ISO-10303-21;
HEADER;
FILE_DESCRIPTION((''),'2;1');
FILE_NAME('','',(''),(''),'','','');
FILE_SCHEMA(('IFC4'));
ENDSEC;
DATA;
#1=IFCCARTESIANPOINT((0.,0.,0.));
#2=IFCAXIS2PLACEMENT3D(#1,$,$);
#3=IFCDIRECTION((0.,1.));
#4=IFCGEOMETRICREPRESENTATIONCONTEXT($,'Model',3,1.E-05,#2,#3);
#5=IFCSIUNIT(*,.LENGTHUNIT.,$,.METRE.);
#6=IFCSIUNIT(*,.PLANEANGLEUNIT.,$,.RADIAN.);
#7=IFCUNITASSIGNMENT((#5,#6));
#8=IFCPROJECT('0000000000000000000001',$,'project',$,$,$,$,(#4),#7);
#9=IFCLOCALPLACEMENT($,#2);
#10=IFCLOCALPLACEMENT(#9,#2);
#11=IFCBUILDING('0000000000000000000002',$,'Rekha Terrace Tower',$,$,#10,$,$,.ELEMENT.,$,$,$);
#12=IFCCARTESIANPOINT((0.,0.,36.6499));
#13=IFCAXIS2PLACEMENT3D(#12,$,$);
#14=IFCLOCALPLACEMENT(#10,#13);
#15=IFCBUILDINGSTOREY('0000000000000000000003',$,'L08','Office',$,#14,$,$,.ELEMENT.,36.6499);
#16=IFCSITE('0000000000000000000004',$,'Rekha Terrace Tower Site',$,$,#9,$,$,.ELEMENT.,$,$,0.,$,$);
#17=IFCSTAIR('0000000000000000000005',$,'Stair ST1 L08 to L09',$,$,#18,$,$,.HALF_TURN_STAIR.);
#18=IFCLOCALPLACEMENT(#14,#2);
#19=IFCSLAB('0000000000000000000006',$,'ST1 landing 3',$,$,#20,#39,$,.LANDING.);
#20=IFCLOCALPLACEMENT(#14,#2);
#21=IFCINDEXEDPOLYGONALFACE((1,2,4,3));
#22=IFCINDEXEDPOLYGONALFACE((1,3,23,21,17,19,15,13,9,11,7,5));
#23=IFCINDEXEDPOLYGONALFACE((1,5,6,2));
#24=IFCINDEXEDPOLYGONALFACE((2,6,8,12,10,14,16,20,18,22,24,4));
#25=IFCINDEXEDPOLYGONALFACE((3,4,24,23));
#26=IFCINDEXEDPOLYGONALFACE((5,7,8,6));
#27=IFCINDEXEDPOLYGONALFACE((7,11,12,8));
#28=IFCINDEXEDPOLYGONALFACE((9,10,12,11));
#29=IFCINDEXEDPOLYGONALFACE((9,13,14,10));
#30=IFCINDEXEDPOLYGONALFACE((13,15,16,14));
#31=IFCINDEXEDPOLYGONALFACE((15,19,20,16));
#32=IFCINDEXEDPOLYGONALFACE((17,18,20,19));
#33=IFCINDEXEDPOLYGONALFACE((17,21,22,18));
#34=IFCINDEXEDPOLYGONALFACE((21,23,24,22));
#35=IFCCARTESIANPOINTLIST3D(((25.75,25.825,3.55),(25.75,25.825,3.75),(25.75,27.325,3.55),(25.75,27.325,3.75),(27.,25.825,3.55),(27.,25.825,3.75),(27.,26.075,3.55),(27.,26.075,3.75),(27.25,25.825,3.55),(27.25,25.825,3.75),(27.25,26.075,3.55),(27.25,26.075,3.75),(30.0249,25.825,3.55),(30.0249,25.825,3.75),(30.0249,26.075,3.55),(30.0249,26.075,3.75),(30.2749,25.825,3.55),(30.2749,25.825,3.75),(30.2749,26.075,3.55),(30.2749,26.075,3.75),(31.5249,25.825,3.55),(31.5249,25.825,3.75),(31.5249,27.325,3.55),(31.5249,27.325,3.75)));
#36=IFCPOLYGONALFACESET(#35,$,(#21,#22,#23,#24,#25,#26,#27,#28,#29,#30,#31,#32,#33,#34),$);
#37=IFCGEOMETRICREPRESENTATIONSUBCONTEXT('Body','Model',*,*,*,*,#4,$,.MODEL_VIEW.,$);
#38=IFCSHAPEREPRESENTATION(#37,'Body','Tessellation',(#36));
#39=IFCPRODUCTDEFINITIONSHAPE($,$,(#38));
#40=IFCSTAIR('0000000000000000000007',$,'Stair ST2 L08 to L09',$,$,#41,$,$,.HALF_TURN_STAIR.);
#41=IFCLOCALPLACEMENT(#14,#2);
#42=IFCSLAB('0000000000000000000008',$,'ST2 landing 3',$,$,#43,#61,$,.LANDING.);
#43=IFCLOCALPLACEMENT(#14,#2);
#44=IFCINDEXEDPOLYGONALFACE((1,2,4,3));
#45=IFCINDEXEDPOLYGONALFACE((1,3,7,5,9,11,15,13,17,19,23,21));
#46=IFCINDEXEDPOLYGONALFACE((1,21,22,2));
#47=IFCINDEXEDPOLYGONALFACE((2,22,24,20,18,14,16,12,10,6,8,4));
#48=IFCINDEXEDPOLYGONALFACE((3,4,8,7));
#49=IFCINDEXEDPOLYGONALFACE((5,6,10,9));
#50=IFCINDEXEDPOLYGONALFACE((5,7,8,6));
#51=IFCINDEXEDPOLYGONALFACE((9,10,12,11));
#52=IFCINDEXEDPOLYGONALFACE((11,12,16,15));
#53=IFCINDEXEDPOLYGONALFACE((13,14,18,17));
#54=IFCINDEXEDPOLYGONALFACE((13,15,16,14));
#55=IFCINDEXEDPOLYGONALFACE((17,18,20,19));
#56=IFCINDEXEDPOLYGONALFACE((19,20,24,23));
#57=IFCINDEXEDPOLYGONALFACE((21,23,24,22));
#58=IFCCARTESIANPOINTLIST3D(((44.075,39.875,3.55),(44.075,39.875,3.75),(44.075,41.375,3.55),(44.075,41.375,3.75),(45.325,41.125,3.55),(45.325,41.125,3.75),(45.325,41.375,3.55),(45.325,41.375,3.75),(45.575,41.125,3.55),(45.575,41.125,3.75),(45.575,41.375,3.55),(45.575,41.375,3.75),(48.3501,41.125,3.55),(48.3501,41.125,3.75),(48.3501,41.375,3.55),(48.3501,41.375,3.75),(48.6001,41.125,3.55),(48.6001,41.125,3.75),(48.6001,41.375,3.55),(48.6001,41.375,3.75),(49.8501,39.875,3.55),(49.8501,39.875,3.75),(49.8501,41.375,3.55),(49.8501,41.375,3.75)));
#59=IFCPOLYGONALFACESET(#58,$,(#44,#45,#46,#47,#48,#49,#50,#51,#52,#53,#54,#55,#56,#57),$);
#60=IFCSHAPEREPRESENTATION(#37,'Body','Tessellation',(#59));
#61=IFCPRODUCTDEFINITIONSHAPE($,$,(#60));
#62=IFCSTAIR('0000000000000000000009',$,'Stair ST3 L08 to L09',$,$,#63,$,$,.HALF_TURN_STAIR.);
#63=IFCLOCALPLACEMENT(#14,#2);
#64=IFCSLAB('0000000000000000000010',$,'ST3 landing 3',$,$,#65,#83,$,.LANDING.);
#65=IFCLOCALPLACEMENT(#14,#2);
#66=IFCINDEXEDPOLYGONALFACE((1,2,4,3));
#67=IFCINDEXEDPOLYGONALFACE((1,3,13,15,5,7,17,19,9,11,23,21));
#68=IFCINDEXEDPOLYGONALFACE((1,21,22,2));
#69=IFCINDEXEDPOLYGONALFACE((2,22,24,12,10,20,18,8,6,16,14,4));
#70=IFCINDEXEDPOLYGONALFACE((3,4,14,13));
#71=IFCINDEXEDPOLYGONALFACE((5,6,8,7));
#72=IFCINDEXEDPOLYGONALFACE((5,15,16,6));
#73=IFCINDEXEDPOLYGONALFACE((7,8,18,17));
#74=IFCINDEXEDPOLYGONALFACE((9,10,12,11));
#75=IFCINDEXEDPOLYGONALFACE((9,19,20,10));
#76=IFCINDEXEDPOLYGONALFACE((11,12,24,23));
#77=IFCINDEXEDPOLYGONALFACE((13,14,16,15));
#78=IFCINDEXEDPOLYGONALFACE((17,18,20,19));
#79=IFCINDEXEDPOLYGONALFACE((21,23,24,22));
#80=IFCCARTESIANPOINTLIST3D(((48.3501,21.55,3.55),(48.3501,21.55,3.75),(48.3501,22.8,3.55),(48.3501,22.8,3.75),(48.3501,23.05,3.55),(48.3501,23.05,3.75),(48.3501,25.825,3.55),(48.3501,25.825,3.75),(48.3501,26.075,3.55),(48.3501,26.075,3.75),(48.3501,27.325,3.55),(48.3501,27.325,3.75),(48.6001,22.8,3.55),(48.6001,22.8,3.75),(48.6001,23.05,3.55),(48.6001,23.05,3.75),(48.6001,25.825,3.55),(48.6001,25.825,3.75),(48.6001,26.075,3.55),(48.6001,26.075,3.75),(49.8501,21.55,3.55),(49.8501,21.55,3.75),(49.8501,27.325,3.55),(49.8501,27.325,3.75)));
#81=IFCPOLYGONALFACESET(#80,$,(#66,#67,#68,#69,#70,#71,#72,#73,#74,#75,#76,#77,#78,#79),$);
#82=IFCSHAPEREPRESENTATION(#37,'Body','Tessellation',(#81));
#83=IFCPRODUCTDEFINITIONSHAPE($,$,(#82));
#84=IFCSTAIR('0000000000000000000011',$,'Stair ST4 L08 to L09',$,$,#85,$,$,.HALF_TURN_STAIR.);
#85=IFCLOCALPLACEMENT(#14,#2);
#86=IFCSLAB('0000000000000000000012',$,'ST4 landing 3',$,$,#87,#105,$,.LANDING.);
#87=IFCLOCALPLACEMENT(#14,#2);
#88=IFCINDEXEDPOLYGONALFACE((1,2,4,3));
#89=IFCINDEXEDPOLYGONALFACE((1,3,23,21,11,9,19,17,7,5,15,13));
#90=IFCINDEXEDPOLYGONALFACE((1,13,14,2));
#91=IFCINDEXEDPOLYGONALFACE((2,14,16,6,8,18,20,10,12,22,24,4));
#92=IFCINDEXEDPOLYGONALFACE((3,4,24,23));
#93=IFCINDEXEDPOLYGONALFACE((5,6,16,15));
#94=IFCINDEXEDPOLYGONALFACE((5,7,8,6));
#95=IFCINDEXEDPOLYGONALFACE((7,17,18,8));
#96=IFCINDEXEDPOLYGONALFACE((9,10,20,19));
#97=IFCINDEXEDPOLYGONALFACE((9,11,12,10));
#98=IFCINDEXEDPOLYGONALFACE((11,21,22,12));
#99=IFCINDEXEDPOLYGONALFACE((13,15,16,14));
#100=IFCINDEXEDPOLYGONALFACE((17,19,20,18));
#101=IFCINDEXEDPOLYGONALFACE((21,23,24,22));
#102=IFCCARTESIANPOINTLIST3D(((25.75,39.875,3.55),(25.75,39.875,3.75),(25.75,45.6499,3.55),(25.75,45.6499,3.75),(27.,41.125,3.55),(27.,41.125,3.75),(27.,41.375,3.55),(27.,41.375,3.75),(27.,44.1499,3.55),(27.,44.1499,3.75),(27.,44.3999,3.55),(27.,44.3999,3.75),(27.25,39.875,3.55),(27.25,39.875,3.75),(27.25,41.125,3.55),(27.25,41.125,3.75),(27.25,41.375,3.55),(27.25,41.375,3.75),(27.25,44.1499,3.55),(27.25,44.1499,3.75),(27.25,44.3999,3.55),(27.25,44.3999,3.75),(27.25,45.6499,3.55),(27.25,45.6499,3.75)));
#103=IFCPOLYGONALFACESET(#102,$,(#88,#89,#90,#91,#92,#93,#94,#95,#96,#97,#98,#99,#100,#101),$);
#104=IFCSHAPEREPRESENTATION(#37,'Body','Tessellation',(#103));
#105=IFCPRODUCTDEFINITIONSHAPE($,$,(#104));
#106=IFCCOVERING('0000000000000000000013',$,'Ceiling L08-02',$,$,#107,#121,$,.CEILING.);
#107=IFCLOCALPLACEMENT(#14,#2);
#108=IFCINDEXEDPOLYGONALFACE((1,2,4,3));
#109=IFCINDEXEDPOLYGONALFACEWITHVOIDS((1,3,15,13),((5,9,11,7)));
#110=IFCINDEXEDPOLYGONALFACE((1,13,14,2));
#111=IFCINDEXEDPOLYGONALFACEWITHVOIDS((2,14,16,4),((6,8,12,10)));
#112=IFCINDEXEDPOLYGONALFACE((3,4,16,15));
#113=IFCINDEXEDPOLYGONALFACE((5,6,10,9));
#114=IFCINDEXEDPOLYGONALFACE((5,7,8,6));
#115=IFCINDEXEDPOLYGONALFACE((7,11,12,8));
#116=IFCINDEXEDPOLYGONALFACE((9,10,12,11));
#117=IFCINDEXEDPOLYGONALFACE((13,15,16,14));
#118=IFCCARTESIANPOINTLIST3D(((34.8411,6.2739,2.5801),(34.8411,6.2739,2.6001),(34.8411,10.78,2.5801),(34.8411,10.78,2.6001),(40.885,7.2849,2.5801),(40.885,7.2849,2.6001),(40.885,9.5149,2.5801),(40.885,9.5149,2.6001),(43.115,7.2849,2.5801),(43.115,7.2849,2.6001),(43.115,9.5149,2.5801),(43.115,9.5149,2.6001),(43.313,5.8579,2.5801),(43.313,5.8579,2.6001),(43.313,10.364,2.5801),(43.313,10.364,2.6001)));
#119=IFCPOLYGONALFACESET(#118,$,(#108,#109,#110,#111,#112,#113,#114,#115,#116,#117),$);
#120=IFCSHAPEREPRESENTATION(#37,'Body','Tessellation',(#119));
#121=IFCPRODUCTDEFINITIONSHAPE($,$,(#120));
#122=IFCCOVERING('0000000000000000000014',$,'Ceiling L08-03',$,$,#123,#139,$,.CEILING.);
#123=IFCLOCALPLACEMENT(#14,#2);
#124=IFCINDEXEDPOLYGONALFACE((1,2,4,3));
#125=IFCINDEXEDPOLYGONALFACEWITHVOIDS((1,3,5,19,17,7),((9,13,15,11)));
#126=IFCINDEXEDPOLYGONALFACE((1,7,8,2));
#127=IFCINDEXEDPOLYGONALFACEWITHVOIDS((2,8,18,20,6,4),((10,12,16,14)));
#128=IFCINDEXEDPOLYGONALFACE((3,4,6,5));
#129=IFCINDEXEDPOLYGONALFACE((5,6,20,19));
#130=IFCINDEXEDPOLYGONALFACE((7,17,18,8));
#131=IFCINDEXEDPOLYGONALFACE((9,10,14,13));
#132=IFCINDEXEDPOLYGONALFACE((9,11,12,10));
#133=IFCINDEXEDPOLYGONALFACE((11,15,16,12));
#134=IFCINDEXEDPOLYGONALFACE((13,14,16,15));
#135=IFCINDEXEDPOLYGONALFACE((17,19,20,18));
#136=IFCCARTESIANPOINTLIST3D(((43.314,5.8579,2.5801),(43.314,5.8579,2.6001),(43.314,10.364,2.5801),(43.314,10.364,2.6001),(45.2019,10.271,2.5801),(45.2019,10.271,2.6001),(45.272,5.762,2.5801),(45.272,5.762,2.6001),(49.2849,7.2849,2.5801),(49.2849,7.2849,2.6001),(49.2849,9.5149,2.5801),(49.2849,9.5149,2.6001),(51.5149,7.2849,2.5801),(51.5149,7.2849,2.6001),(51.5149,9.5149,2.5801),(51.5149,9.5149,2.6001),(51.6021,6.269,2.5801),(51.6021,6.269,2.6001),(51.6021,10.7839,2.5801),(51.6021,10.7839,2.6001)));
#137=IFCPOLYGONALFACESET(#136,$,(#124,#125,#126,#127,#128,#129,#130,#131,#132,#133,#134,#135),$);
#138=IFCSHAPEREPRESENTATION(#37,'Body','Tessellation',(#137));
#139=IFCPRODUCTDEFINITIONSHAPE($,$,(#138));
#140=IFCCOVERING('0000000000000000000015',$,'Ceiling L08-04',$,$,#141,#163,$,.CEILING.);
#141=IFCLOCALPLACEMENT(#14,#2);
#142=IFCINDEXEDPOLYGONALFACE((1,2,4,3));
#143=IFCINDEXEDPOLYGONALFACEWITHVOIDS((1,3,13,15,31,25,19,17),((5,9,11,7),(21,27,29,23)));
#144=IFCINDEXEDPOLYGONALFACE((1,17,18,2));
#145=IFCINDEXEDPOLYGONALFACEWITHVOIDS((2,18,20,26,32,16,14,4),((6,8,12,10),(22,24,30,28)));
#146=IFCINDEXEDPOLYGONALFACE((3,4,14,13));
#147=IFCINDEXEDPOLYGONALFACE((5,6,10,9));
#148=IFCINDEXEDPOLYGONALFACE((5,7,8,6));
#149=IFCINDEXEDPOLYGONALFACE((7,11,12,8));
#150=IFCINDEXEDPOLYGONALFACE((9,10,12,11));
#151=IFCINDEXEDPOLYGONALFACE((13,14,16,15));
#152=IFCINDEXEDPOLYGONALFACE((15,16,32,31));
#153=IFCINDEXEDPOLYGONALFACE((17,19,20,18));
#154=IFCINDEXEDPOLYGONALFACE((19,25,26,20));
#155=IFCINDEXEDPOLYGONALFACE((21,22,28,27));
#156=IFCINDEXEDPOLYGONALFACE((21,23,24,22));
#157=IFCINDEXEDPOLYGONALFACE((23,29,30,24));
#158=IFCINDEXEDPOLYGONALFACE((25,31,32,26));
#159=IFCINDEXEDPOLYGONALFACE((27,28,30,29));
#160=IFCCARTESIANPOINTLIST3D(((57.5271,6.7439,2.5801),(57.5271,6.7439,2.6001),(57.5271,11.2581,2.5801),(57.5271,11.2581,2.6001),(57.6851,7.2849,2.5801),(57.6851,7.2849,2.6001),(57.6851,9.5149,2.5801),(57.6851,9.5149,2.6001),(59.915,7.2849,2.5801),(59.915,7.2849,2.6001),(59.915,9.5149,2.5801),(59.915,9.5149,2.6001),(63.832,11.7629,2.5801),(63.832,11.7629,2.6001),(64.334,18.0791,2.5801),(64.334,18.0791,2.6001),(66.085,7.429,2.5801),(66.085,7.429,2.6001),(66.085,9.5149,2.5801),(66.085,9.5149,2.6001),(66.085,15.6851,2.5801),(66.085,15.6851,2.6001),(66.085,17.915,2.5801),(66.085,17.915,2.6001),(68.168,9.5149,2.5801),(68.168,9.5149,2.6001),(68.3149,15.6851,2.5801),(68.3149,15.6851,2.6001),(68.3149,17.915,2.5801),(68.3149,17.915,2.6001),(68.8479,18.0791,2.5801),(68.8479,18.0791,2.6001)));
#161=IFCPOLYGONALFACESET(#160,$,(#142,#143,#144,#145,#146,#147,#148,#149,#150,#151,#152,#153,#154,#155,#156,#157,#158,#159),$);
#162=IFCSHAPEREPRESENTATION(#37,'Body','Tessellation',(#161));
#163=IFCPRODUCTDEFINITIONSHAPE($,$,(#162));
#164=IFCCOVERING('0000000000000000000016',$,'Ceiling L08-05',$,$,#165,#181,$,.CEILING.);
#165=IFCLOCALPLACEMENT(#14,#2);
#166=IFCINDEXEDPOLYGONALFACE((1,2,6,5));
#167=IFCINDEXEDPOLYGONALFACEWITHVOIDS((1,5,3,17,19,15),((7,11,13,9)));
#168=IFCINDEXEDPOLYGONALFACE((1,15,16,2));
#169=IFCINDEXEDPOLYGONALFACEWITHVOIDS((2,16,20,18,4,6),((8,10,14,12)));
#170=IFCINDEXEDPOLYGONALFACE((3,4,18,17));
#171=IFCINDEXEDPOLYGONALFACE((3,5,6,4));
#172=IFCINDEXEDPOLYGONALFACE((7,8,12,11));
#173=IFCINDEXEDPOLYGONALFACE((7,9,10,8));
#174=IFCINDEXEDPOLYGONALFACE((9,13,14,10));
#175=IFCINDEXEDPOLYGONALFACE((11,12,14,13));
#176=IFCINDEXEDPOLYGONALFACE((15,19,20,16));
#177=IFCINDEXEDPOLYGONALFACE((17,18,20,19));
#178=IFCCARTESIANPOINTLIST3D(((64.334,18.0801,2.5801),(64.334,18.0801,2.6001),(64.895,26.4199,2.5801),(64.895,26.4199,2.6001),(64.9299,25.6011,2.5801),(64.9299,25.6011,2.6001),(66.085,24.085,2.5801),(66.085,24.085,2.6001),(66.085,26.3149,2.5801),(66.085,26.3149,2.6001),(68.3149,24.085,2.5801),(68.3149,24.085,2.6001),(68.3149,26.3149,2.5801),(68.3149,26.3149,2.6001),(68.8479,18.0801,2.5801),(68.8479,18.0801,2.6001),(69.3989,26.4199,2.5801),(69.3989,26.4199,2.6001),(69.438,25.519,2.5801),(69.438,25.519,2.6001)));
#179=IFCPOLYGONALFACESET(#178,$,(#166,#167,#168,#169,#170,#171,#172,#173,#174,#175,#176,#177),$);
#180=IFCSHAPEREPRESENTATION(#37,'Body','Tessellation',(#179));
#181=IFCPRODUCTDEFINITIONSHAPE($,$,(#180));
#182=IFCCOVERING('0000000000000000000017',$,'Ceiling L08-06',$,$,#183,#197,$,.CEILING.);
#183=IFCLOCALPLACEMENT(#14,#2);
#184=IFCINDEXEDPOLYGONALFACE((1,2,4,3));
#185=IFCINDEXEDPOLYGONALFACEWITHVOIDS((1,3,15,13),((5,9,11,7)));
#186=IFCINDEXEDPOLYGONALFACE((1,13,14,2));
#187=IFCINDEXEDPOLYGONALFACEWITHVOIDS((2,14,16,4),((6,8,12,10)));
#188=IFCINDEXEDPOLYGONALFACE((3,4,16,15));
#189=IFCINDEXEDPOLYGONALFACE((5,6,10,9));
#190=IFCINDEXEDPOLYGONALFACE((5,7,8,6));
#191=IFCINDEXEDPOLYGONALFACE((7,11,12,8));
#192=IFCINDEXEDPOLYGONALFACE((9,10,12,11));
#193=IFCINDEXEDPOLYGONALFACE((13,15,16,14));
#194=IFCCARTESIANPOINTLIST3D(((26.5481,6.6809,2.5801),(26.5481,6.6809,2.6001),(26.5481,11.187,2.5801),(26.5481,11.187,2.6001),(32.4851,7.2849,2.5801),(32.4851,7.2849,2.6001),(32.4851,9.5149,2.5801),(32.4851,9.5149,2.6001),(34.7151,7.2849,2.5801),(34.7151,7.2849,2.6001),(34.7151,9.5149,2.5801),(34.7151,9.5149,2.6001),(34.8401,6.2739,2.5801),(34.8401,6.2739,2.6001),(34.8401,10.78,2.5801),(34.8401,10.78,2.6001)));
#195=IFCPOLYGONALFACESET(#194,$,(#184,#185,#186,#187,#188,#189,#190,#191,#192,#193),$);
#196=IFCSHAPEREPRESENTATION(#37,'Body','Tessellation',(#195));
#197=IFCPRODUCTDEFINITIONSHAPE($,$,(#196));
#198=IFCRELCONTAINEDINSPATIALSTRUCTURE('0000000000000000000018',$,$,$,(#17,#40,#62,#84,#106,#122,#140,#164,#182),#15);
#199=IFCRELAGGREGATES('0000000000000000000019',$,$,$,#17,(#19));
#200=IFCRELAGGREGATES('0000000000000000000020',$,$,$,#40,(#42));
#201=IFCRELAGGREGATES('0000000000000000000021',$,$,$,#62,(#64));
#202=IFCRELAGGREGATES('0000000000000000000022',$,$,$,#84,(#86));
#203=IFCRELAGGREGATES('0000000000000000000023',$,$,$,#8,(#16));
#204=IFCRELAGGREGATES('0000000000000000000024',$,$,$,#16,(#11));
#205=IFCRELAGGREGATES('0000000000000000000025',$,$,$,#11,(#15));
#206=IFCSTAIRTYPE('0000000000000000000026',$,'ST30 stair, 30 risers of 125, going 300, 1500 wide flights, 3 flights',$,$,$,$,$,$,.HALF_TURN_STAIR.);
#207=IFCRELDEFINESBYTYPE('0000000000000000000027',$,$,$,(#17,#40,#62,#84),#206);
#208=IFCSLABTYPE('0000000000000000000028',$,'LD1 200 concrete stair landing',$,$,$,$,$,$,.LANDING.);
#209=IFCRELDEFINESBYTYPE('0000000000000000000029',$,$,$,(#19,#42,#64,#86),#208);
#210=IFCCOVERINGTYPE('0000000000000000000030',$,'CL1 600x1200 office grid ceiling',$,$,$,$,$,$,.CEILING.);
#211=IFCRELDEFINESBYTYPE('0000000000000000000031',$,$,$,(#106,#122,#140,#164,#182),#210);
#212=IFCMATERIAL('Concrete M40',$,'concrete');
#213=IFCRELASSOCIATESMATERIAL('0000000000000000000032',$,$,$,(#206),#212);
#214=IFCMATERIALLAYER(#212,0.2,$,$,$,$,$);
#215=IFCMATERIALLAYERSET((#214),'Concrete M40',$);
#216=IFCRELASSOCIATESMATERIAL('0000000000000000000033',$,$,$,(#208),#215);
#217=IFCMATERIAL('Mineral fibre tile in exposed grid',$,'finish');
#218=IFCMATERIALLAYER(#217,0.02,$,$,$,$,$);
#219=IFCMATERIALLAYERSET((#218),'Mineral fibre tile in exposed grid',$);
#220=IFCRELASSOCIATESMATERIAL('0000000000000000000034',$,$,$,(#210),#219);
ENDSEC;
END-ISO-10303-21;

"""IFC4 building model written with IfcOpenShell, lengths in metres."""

from ifc_helpers import new_model, si_unit, direction, frame, origin, place, context, subcontext, project, spatial, polyline, outline, extrude, material, layer, layer_set, type_object, element, aggregate, save


model = new_model("IFC4")

# Units and contexts
model_context = context("Model", 3, precision=1e-05, world=origin(), true_north=direction((0.0, 1.0)))
body_context = subcontext(model_context, "Body", "Model", "MODEL_VIEW")
ifc_project = project(units=[si_unit("LENGTHUNIT", "METRE"), si_unit("PLANEANGLEUNIT", "RADIAN")], contexts=[model_context])

# Site, building, storey
site_placement = place(None, origin())
site = spatial("IfcSite", under=ifc_project, at=site_placement, Name="Rekha Terrace Tower Site", CompositionType="ELEMENT", RefElevation=0.0)
building_placement = place(site_placement, origin())
building = spatial("IfcBuilding", under=site, at=building_placement, Name="Rekha Terrace Tower", CompositionType="ELEMENT")
storey_placement = place(building_placement, frame((0.0, 0.0, 36.6499)))
storey = spatial("IfcBuildingStorey", under=building, at=storey_placement, Name="L08", Description="Office", CompositionType="ELEMENT", Elevation=36.6499)

# Stairs, slabs
ifc_material_1 = material(Name="Concrete M40", Category="concrete")
stair_type = type_object("IfcStairType", Name="ST30 stair, 30 risers of 125, going 300, 1500 wide flights, 3 flights", PredefinedType="HALF_TURN_STAIR", material=ifc_material_1)
stair_1_placement = place(storey_placement, origin())
stair_1 = element("IfcStair", 1, at=stair_1_placement, inside=storey, type_object=stair_type, Name="Stair ST1 L08 to L09", PredefinedType="HALF_TURN_STAIR")
ifc_layer_1 = layer(ifc_material_1, 0.2)
ifc_layer_set_1 = layer_set([ifc_layer_1], Name="Concrete M40")
slab_type = type_object("IfcSlabType", Name="LD1 200 concrete stair landing", PredefinedType="LANDING", material=ifc_layer_set_1)
slab_1_placement = place(storey_placement, frame((0.0, 0.0, 3.55)))
slab_1 = element("IfcSlab", 2, at=slab_1_placement, type_object=slab_type, Name="ST1 landing 3", PredefinedType="LANDING", context=body_context, shape_type="SweptSolid", body=[
    extrude(outline(polyline([(31.5249, 25.825), (31.5249, 27.325), (25.75, 27.325), (25.75, 25.825), (27.0, 25.825), (27.0, 26.075), (27.25, 26.075), (27.25, 25.825), (30.0249, 25.825), (30.0249, 26.075), (30.2749, 26.075), (30.2749, 25.825), (31.5249, 25.825)])), origin(), (0.0, 0.0, 1.0), 0.2),
])
aggregate(stair_1, [slab_1])
stair_2_placement = place(storey_placement, origin())
stair_2 = element("IfcStair", 3, at=stair_2_placement, inside=storey, type_object=stair_type, Name="Stair ST2 L08 to L09", PredefinedType="HALF_TURN_STAIR")
slab_2_placement = place(storey_placement, frame((0.0, 0.0, 3.55)))
slab_2 = element("IfcSlab", 4, at=slab_2_placement, type_object=slab_type, Name="ST2 landing 3", PredefinedType="LANDING", context=body_context, shape_type="SweptSolid", body=[
    extrude(outline(polyline([(44.075, 41.375), (44.075, 39.875), (49.8501, 39.875), (49.8501, 41.375), (48.6001, 41.375), (48.6001, 41.125), (48.3501, 41.125), (48.3501, 41.375), (45.575, 41.375), (45.575, 41.125), (45.325, 41.125), (45.325, 41.375), (44.075, 41.375)])), origin(), (0.0, 0.0, 1.0), 0.2),
])
aggregate(stair_2, [slab_2])
stair_3_placement = place(storey_placement, origin())
stair_3 = element("IfcStair", 5, at=stair_3_placement, inside=storey, type_object=stair_type, Name="Stair ST3 L08 to L09", PredefinedType="HALF_TURN_STAIR")
slab_3_placement = place(storey_placement, frame((0.0, 0.0, 3.55)))
slab_3 = element("IfcSlab", 6, at=slab_3_placement, type_object=slab_type, Name="ST3 landing 3", PredefinedType="LANDING", context=body_context, shape_type="SweptSolid", body=[
    extrude(outline(polyline([(48.3501, 21.55), (49.8501, 21.55), (49.8501, 27.325), (48.3501, 27.325), (48.3501, 26.075), (48.6001, 26.075), (48.6001, 25.825), (48.3501, 25.825), (48.3501, 23.05), (48.6001, 23.05), (48.6001, 22.8), (48.3501, 22.8), (48.3501, 21.55)])), origin(), (0.0, 0.0, 1.0), 0.2),
])
aggregate(stair_3, [slab_3])
stair_4_placement = place(storey_placement, origin())
stair_4 = element("IfcStair", 7, at=stair_4_placement, inside=storey, type_object=stair_type, Name="Stair ST4 L08 to L09", PredefinedType="HALF_TURN_STAIR")
slab_4_placement = place(storey_placement, frame((0.0, 0.0, 3.55)))
slab_4 = element("IfcSlab", 8, at=slab_4_placement, type_object=slab_type, Name="ST4 landing 3", PredefinedType="LANDING", context=body_context, shape_type="SweptSolid", body=[
    extrude(outline(polyline([(27.25, 39.875), (25.75, 39.875), (25.75, 45.6499), (27.25, 45.6499), (27.25, 44.3999), (27.0, 44.3999), (27.0, 44.1499), (27.25, 44.1499), (27.25, 41.375), (27.0, 41.375), (27.0, 41.125), (27.25, 41.125), (27.25, 39.875)])), origin(), (0.0, 0.0, 1.0), 0.2),
])
aggregate(stair_4, [slab_4])

# Coverings
ifc_material_2 = material(Name="Mineral fibre tile in exposed grid", Category="finish")
ifc_layer_2 = layer(ifc_material_2, 0.02)
ifc_layer_set_2 = layer_set([ifc_layer_2], Name="Mineral fibre tile in exposed grid")
covering_type_1 = type_object("IfcCoveringType", Name="CL1 600x1200 office grid ceiling", PredefinedType="CEILING", material=ifc_layer_set_2)
covering_1_placement = place(storey_placement, frame((0.0, 0.0, 2.5801)))
element("IfcCovering", 9, at=covering_1_placement, inside=storey, type_object=covering_type_1, Name="Ceiling L08-02", PredefinedType="CEILING", context=body_context, shape_type="SweptSolid", body=[
    extrude(outline(polyline([(43.313, 5.8579), (43.313, 10.364), (34.8411, 10.78), (34.8411, 6.2739), (43.313, 5.8579)]), holes=[polyline([(43.115, 7.2849), (40.885, 7.2849), (40.885, 9.5149), (43.115, 9.5149), (43.115, 7.2849)])]), origin(), (0.0, 0.0, 1.0), 0.02),
])
covering_2_placement = place(storey_placement, frame((0.0, 0.0, 2.5801)))
element("IfcCovering", 10, at=covering_2_placement, inside=storey, type_object=covering_type_1, Name="Ceiling L08-03", PredefinedType="CEILING", context=body_context, shape_type="SweptSolid", body=[
    extrude(outline(polyline([(45.2019, 10.271), (43.314, 10.364), (43.314, 5.8579), (45.272, 5.762), (51.6021, 6.269), (51.6021, 10.7839), (45.2019, 10.271)]), holes=[polyline([(51.5149, 7.2849), (49.2849, 7.2849), (49.2849, 9.5149), (51.5149, 9.5149), (51.5149, 7.2849)])]), origin(), (0.0, 0.0, 1.0), 0.02),
])
covering_3_placement = place(storey_placement, frame((0.0, 0.0, 2.5801)))
element("IfcCovering", 11, at=covering_3_placement, inside=storey, type_object=covering_type_1, Name="Ceiling L08-04", PredefinedType="CEILING", context=body_context, shape_type="SweptSolid", body=[
    extrude(outline(polyline([(63.832, 11.7629), (57.5271, 11.2581), (57.5271, 6.7439), (66.085, 7.429), (66.085, 9.5149), (68.168, 9.5149), (68.8479, 18.0791), (64.334, 18.0791), (63.832, 11.7629)]), holes=[polyline([(68.3149, 15.6851), (66.085, 15.6851), (66.085, 17.915), (68.3149, 17.915), (68.3149, 15.6851)]), polyline([(59.915, 7.2849), (57.6851, 7.2849), (57.6851, 9.5149), (59.915, 9.5149), (59.915, 7.2849)])]), origin(), (0.0, 0.0, 1.0), 0.02),
])
covering_4_placement = place(storey_placement, frame((0.0, 0.0, 2.5801)))
element("IfcCovering", 12, at=covering_4_placement, inside=storey, type_object=covering_type_1, Name="Ceiling L08-05", PredefinedType="CEILING", context=body_context, shape_type="SweptSolid", body=[
    extrude(outline(polyline([(64.9299, 25.6011), (64.334, 18.0801), (68.8479, 18.0801), (69.438, 25.519), (69.3989, 26.4199), (64.895, 26.4199), (64.9299, 25.6011)]), holes=[polyline([(68.3149, 24.085), (66.085, 24.085), (66.085, 26.3149), (68.3149, 26.3149), (68.3149, 24.085)])]), origin(), (0.0, 0.0, 1.0), 0.02),
])
covering_5_placement = place(storey_placement, frame((0.0, 0.0, 2.5801)))
element("IfcCovering", 13, at=covering_5_placement, inside=storey, type_object=covering_type_1, Name="Ceiling L08-06", PredefinedType="CEILING", context=body_context, shape_type="SweptSolid", body=[
    extrude(outline(polyline([(34.8401, 6.2739), (34.8401, 10.78), (26.5481, 11.187), (26.5481, 6.6809), (34.8401, 6.2739)]), holes=[polyline([(34.7151, 7.2849), (32.4851, 7.2849), (32.4851, 9.5149), (34.7151, 9.5149), (34.7151, 7.2849)])]), origin(), (0.0, 0.0, 1.0), 0.02),
])

save(model, "model.ifc")
